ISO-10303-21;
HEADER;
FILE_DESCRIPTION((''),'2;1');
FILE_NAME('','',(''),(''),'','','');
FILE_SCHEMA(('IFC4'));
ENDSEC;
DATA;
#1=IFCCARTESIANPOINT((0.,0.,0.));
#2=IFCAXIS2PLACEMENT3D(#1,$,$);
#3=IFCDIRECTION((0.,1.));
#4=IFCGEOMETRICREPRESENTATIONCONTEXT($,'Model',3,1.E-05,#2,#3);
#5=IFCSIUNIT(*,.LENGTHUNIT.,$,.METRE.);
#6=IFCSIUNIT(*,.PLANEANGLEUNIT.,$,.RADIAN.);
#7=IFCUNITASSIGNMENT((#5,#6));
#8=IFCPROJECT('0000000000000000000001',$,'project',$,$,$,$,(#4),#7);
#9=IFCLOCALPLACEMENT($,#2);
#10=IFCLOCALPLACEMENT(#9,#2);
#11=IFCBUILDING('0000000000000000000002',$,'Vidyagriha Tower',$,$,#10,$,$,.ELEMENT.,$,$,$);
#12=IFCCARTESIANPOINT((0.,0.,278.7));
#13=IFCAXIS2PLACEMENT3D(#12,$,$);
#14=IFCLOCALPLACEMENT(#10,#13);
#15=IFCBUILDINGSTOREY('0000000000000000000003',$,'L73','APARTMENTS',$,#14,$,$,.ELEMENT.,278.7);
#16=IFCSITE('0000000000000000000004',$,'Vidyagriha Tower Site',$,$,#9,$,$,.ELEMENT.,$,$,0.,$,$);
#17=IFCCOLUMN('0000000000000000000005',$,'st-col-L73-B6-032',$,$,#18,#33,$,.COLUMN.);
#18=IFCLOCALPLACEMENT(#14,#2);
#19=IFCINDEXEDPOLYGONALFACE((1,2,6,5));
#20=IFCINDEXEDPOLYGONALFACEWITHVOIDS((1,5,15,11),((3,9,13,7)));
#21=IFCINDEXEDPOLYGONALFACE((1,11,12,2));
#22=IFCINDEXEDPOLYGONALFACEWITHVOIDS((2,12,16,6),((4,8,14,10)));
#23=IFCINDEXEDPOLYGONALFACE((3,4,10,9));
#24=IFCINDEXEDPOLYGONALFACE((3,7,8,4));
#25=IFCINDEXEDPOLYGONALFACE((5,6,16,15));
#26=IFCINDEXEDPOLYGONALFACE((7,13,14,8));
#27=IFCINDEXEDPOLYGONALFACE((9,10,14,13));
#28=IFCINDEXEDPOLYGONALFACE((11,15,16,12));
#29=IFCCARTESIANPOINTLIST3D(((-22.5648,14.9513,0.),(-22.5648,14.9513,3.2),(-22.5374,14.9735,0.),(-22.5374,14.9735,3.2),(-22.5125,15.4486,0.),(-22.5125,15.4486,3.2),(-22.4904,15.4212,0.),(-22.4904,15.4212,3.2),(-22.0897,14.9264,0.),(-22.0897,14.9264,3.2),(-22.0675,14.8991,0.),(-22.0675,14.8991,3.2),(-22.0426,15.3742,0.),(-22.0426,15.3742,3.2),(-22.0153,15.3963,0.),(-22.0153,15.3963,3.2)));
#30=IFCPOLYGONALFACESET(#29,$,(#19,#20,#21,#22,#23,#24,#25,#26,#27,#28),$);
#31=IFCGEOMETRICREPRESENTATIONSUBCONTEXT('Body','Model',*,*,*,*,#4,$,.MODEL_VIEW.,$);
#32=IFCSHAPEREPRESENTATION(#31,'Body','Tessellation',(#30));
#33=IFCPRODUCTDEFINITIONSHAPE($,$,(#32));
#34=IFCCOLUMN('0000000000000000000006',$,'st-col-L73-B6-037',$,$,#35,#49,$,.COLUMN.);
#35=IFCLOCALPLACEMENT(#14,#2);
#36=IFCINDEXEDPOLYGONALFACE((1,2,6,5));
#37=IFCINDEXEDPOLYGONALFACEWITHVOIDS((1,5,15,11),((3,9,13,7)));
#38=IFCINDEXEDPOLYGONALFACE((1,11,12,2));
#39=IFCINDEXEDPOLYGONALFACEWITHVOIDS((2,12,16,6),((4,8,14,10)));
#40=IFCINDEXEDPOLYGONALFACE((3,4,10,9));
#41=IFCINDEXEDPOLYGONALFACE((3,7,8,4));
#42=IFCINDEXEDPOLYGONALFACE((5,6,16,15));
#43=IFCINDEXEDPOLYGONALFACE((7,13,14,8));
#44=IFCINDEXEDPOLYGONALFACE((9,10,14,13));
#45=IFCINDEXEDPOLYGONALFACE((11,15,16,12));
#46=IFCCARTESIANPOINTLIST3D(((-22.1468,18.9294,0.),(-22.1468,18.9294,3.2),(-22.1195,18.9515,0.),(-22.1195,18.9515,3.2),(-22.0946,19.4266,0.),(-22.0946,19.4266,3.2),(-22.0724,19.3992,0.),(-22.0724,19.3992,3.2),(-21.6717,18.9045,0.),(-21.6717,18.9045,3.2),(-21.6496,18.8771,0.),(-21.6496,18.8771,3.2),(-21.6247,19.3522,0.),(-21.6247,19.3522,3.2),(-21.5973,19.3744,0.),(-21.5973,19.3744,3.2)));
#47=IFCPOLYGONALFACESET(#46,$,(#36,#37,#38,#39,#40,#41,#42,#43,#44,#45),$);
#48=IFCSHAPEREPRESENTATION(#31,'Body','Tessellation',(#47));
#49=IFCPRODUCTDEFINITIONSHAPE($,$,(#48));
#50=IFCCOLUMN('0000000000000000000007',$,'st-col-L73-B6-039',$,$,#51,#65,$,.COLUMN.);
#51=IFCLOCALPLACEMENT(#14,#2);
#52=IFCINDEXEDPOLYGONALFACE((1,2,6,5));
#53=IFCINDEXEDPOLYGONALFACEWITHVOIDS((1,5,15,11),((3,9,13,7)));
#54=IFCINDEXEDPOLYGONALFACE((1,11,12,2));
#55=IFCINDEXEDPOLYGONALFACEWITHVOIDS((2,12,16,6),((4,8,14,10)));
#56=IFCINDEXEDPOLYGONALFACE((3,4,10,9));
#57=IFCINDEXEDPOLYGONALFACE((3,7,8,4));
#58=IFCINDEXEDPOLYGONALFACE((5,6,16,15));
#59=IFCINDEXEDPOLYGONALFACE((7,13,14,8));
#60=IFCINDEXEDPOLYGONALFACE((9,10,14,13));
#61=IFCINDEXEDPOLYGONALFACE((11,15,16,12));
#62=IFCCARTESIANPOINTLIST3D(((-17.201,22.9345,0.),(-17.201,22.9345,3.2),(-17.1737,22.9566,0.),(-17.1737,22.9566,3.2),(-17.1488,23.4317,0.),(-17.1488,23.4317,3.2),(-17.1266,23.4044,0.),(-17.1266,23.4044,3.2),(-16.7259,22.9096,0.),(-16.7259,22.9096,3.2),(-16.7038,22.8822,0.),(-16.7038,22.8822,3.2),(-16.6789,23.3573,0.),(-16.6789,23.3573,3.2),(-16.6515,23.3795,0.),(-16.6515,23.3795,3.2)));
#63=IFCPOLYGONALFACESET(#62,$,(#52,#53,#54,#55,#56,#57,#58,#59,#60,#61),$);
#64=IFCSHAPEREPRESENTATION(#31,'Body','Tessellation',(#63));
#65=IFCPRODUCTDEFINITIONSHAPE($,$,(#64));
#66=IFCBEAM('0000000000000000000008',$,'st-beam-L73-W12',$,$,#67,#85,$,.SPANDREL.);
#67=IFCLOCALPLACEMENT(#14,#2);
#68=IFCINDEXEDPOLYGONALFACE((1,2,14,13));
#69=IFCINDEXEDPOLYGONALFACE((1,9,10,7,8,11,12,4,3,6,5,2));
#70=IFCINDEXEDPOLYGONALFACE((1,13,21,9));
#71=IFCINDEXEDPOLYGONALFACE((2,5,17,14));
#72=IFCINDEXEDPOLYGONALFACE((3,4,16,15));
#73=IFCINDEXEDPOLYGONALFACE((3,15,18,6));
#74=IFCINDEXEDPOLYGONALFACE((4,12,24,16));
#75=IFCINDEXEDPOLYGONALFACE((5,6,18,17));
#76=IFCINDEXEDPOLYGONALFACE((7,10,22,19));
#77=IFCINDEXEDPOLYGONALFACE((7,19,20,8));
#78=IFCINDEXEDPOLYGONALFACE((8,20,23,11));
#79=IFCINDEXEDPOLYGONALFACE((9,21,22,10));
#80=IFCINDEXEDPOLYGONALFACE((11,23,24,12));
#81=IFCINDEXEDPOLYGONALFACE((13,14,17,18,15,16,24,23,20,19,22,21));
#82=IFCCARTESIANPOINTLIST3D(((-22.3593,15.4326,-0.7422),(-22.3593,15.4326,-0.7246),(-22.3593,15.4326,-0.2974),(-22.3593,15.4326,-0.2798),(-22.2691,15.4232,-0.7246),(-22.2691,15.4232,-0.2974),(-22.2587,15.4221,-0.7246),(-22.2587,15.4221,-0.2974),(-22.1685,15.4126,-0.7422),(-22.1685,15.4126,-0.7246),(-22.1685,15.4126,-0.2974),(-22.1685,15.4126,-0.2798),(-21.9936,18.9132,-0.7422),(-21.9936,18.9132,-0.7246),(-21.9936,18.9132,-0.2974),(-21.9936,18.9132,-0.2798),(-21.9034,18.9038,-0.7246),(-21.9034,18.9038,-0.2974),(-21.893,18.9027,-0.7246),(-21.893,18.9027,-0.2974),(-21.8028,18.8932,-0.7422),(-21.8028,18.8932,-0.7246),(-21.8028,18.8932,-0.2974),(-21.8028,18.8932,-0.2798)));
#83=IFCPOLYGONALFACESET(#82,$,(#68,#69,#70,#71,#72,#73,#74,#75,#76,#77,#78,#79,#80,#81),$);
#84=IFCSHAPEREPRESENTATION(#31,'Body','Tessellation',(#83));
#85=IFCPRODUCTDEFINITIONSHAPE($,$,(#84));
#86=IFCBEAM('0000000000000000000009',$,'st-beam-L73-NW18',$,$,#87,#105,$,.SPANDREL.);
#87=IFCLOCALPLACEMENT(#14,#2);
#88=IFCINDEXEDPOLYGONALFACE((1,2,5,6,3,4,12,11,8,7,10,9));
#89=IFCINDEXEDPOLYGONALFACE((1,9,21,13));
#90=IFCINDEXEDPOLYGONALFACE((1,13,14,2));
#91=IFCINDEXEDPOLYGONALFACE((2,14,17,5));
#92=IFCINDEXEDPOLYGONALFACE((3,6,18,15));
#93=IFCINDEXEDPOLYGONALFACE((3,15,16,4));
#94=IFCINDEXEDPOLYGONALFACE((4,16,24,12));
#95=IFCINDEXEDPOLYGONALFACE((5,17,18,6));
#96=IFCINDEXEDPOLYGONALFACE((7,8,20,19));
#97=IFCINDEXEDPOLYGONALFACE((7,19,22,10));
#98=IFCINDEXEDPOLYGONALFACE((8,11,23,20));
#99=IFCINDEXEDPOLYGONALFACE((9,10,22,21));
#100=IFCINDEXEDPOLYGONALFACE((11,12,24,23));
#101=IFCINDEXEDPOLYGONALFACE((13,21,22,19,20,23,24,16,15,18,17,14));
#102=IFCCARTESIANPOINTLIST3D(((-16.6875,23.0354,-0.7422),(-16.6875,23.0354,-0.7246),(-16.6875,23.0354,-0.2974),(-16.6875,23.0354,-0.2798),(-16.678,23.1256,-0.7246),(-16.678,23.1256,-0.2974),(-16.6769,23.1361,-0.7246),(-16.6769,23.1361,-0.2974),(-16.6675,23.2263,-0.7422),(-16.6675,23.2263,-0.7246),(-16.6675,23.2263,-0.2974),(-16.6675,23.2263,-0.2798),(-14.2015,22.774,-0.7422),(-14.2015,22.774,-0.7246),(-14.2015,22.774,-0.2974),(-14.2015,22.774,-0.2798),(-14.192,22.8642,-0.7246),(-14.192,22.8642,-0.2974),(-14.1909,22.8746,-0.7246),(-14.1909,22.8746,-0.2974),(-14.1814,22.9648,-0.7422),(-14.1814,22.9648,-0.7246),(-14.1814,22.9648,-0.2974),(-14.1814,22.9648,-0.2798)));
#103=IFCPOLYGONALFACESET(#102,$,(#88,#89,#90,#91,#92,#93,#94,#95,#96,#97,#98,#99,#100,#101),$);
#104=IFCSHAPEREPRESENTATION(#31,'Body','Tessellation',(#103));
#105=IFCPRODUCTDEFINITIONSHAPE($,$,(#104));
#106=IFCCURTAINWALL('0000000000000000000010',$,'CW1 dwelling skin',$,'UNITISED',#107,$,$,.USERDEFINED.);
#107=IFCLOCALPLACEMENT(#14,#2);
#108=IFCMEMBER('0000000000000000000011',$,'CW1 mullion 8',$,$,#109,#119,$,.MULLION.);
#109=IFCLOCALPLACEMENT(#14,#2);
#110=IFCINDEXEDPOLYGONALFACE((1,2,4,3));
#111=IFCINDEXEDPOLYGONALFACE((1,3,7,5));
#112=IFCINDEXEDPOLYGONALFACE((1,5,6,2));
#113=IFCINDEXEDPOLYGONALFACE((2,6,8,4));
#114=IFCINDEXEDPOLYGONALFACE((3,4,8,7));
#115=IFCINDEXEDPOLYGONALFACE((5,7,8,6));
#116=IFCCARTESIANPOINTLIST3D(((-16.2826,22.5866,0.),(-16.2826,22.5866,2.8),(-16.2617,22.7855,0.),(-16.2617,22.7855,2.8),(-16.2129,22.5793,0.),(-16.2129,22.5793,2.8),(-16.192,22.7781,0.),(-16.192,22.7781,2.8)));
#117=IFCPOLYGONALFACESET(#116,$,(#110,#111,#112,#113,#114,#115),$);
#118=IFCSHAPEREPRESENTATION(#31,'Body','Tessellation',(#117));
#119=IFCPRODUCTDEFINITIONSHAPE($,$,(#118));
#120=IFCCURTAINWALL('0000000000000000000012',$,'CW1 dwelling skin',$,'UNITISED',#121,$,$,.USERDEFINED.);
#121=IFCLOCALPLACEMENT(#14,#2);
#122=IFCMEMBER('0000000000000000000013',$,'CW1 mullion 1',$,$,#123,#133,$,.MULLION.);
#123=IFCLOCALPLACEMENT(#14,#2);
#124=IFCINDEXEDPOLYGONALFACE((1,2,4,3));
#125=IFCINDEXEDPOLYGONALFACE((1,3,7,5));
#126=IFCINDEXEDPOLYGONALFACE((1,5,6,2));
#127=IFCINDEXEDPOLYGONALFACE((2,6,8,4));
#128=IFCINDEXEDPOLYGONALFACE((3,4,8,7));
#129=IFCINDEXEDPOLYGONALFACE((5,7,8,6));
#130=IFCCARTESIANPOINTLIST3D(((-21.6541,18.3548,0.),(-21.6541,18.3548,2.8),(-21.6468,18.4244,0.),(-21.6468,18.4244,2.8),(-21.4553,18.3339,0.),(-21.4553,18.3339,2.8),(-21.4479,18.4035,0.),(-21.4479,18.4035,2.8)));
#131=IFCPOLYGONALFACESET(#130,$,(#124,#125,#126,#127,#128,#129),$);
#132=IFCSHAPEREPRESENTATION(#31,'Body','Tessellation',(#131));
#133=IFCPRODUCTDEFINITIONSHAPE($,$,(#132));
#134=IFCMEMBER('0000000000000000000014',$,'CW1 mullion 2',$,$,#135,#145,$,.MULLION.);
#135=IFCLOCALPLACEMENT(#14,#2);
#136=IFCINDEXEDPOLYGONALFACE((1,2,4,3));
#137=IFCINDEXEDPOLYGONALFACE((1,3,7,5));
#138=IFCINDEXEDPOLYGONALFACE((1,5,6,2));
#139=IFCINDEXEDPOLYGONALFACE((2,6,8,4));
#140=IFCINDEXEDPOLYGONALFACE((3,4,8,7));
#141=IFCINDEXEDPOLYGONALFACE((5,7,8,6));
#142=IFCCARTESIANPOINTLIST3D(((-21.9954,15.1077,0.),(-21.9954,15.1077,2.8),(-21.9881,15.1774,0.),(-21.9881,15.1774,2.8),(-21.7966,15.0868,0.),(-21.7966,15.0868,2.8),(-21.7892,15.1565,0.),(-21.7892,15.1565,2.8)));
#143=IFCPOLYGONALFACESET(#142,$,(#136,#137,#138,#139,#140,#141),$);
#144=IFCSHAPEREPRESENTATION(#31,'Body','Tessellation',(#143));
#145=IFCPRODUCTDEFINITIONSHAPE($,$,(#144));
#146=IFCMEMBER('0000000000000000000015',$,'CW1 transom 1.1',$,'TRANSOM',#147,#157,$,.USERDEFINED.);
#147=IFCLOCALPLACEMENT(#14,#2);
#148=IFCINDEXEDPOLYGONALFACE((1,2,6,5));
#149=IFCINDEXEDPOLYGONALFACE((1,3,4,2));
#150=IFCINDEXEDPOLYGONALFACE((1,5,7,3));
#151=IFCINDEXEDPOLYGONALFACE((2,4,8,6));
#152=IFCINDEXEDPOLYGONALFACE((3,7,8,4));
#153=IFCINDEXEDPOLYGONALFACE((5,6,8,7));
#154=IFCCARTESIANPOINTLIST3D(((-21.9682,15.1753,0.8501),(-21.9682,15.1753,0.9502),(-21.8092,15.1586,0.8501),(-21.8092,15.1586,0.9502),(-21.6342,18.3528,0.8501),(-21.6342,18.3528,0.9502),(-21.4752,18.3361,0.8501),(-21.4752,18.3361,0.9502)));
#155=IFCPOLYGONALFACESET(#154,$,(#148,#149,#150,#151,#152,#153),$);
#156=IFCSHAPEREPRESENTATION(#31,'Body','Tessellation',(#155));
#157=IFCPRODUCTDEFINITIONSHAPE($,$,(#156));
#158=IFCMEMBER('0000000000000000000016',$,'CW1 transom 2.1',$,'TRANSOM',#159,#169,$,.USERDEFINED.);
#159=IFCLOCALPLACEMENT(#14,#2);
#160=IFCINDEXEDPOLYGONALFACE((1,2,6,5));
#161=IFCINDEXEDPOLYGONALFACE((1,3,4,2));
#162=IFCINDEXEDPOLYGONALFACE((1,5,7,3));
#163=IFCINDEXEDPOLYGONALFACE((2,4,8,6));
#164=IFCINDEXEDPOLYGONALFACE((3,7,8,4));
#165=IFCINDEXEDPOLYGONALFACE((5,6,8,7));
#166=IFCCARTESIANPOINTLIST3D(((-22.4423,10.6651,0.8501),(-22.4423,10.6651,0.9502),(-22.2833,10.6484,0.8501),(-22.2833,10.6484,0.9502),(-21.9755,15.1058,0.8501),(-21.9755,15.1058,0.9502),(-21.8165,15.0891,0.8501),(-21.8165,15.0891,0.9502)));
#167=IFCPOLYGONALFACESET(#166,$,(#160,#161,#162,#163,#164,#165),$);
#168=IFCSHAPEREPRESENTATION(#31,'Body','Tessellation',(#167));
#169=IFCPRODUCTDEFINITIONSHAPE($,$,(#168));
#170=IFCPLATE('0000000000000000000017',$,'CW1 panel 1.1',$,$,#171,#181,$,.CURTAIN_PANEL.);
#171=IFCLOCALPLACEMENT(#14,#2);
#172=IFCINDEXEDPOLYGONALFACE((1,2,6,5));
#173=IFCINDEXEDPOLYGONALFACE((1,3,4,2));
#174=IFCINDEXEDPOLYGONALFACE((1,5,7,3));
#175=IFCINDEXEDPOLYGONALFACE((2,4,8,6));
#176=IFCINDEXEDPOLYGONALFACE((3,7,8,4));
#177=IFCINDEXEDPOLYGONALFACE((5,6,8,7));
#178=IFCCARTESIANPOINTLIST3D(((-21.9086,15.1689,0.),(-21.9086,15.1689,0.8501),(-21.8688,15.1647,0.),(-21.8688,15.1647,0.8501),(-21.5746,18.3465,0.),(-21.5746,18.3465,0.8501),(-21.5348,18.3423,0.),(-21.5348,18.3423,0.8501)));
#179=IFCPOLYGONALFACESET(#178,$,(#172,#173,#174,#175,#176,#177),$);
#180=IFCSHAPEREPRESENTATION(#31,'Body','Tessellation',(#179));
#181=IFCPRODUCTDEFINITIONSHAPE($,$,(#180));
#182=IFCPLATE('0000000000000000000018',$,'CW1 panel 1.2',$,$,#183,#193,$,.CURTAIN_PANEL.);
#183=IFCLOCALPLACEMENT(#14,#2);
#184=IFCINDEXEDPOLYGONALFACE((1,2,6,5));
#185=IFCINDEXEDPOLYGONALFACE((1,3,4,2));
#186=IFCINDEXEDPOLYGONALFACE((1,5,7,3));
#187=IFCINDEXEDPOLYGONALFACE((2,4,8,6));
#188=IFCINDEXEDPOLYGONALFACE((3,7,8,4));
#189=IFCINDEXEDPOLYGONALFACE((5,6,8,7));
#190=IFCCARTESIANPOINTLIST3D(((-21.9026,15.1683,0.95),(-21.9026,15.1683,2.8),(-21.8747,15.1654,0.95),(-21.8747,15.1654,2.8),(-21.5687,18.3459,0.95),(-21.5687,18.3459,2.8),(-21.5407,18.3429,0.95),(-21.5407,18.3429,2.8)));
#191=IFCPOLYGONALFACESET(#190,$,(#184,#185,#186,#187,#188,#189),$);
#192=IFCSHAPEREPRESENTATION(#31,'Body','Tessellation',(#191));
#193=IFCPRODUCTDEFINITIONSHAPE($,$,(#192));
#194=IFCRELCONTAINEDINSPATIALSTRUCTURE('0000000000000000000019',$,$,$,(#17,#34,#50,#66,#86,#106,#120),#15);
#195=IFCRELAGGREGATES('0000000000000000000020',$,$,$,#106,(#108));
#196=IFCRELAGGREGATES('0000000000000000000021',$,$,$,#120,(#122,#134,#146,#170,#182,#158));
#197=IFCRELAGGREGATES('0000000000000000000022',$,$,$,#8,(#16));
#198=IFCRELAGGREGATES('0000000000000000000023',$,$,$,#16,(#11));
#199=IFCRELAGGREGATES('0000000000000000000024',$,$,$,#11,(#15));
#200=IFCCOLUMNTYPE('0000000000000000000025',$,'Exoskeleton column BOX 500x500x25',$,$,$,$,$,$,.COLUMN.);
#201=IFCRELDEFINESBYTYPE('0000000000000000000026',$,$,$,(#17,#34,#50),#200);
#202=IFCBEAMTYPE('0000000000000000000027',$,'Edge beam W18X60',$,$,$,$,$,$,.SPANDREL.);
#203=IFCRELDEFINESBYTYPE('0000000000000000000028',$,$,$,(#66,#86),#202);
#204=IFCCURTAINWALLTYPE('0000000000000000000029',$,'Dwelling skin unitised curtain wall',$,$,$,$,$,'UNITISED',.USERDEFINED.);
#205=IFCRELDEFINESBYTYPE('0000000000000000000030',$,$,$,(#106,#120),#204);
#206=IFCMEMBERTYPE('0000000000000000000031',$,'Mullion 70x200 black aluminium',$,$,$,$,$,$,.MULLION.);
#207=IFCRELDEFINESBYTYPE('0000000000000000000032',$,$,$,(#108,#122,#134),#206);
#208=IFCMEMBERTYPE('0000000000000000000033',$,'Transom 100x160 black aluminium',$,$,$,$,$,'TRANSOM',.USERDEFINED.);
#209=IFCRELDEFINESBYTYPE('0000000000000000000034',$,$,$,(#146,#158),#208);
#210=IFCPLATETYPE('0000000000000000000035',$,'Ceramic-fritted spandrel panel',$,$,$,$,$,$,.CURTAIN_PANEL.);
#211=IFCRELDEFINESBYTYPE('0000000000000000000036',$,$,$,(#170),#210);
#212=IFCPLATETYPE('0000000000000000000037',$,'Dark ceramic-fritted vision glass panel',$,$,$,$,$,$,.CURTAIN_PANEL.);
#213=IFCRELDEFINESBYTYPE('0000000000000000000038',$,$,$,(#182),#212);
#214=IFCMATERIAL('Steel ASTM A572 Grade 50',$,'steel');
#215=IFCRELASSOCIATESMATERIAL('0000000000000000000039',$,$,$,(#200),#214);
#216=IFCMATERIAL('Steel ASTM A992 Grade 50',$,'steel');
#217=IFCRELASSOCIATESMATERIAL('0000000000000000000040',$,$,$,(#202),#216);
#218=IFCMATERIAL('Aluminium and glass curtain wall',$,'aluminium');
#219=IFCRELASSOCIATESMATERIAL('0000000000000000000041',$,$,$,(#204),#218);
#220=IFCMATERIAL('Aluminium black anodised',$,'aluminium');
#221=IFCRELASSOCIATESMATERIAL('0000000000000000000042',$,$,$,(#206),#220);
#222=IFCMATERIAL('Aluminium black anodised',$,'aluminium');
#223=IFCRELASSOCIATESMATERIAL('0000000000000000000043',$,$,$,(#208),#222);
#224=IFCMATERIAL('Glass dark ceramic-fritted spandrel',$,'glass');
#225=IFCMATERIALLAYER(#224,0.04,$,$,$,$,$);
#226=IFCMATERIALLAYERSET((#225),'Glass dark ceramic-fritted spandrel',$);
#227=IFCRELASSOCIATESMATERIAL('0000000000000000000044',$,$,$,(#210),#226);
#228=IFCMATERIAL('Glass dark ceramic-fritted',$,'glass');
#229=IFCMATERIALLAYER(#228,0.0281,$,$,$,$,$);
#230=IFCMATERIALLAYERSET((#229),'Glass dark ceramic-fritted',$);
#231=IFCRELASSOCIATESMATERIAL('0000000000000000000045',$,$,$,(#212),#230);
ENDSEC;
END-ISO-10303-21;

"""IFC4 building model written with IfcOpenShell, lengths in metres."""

from ifc_helpers import new_model, si_unit, direction, frame, origin, origin_2d, place, context, subcontext, project, spatial, rectangle, hollow_rectangle, i_section, extrude, material, layer, layer_set, material_profile, profile_set, type_object, element, aggregate, save


model = new_model("IFC4")

# Units and contexts
model_context = context("Model", 3, precision=1e-05, world=origin(), true_north=direction((0.0, 1.0)))
body_context = subcontext(model_context, "Body", "Model", "MODEL_VIEW")
ifc_project = project(units=[si_unit("LENGTHUNIT", "METRE"), si_unit("PLANEANGLEUNIT", "RADIAN")], contexts=[model_context])

# Site, building, storey
site_placement = place(None, origin())
site = spatial("IfcSite", under=ifc_project, at=site_placement, Name="Vidyagriha Tower Site", CompositionType="ELEMENT", RefElevation=0.0)
building_placement = place(site_placement, origin())
building = spatial("IfcBuilding", under=site, at=building_placement, Name="Vidyagriha Tower", CompositionType="ELEMENT")
storey_placement = place(building_placement, frame((0.0, 0.0, 278.7)))
storey = spatial("IfcBuildingStorey", under=building, at=storey_placement, Name="L73", Description="APARTMENTS", CompositionType="ELEMENT", Elevation=278.7)

# Columns
ifc_material_1 = material(Name="Steel ASTM A572 Grade 50", Category="steel")
ifc_material_profile_1 = material_profile(ifc_material_1, hollow_rectangle(XDim=0.5, YDim=0.5, WallThickness=0.0249, at=origin_2d()), Name="BOX 500x500x25")
ifc_profile_set_1 = profile_set([ifc_material_profile_1], Name="Steel ASTM A572 Grade 50")
column_type = type_object("IfcColumnType", Name="Exoskeleton column BOX 500x500x25", PredefinedType="COLUMN", material=ifc_profile_set_1)
for number, where, z_axis, x_axis, name in (
    (1, (-22.29, 15.1738, 0.0), (0.0, 0.0, 1.0), (0.994522, -0.104528, 0.0), "st-col-L73-B6-032"),
    (2, (-21.8721, 19.1519, 0.0), (0.0, 0.0, 1.0), (0.994522, -0.104528, 0.0), "st-col-L73-B6-037"),
    (3, (-16.9263, 23.157, 0.0), (0.0, 0.0, 1.0), (0.994522, -0.104528, 0.0), "st-col-L73-B6-039"),
):
    element("IfcColumn", number, at=place(storey_placement, frame(where, z_axis=z_axis, x_axis=x_axis)), inside=storey, type_object=column_type, Name=name, PredefinedType="COLUMN", context=body_context, shape_type="SweptSolid", body=[
        extrude(hollow_rectangle(XDim=0.5, YDim=0.5, WallThickness=0.0249, at=origin_2d()), origin(), (0.0, 0.0, 1.0), 3.2),
    ])

# Beams
ifc_material_2 = material(Name="Steel ASTM A992 Grade 50", Category="steel")
ifc_material_profile_2 = material_profile(ifc_material_2, i_section(OverallWidth=0.1919, OverallDepth=0.4624, WebThickness=0.0105, FlangeThickness=0.0176, at=origin_2d()), Name="W18X60")
ifc_profile_set_2 = profile_set([ifc_material_profile_2], Name="Steel ASTM A992 Grade 50")
beam_type = type_object("IfcBeamType", Name="Edge beam W18X60", PredefinedType="SPANDREL", material=ifc_profile_set_2)
beam_1_placement = place(storey_placement, frame((-22.2639, 15.4226, -0.511), z_axis=(0.104496, 0.994525, 0.0), x_axis=(-0.994525, 0.104496, 0.0)))
element("IfcBeam", 4, at=beam_1_placement, inside=storey, type_object=beam_type, Name="st-beam-L73-W12", PredefinedType="SPANDREL", context=body_context, shape_type="SweptSolid", body=[
    extrude(i_section(OverallWidth=0.1919, OverallDepth=0.4624, WebThickness=0.0105, FlangeThickness=0.0176, at=origin_2d()), origin(), (0.0, 0.0, 1.0), 3.4998),
])
beam_2_placement = place(storey_placement, frame((-16.6775, 23.1309, -0.511), z_axis=(0.994515, -0.104598, 0.0), x_axis=(0.104598, 0.994515, 0.0)))
element("IfcBeam", 5, at=beam_2_placement, inside=storey, type_object=beam_type, Name="st-beam-L73-NW18", PredefinedType="SPANDREL", context=body_context, shape_type="SweptSolid", body=[
    extrude(i_section(OverallWidth=0.1919, OverallDepth=0.4624, WebThickness=0.0105, FlangeThickness=0.0176, at=origin_2d()), origin(), (0.0, 0.0, 1.0), 2.4998),
])

# Curtain wall, member
ifc_material_3 = material(Name="Aluminium and glass curtain wall", Category="aluminium")
curtain_wall_type = type_object("IfcCurtainWallType", Name="Dwelling skin unitised curtain wall", ElementType="UNITISED", PredefinedType="USERDEFINED", material=ifc_material_3)
curtain_wall_1_placement = place(storey_placement, origin())
curtain_wall_1 = element("IfcCurtainWall", 6, at=curtain_wall_1_placement, inside=storey, type_object=curtain_wall_type, Name="CW1 dwelling skin", ObjectType="UNITISED", PredefinedType="USERDEFINED")
ifc_material_4 = material(Name="Aluminium black anodised", Category="aluminium")
ifc_material_profile_3 = material_profile(ifc_material_4, rectangle(XDim=0.2, YDim=0.0701, at=origin_2d()), Name="Mullion 70x200 black aluminium")
ifc_profile_set_3 = profile_set([ifc_material_profile_3], Name="Aluminium black anodised")
member_type_1 = type_object("IfcMemberType", Name="Mullion 70x200 black aluminium", PredefinedType="MULLION", material=ifc_profile_set_3)
member_1_placement = place(storey_placement, frame((-16.2373, 22.6824, 0.0), z_axis=(0.0, 0.0, 1.0), x_axis=(-0.104529, -0.994522, 0.0)))
member_1 = element("IfcMember", 7, at=member_1_placement, type_object=member_type_1, Name="CW1 mullion 8", PredefinedType="MULLION", context=body_context, shape_type="SweptSolid", body=[
    extrude(rectangle(XDim=0.2, YDim=0.0701, at=origin_2d()), origin(), (0.0, 0.0, 1.0), 2.8),
])
aggregate(curtain_wall_1, [member_1])

# Curtain wall, members, plates
curtain_wall_2_placement = place(storey_placement, origin())
curtain_wall_2 = element("IfcCurtainWall", 8, at=curtain_wall_2_placement, inside=storey, type_object=curtain_wall_type, Name="CW1 dwelling skin", ObjectType="UNITISED", PredefinedType="USERDEFINED")
member_2_placement = place(storey_placement, frame((-21.551, 18.3792, 0.0), z_axis=(0.0, 0.0, 1.0), x_axis=(0.994522, -0.104525, 0.0)))
member_2 = element("IfcMember", 9, at=member_2_placement, type_object=member_type_1, Name="CW1 mullion 1", PredefinedType="MULLION", context=body_context, shape_type="SweptSolid", body=[
    extrude(rectangle(XDim=0.2, YDim=0.0701, at=origin_2d()), origin(), (0.0, 0.0, 1.0), 2.8),
])
member_3_placement = place(storey_placement, frame((-21.8923, 15.1321, 0.0), z_axis=(0.0, 0.0, 1.0), x_axis=(0.994522, -0.104525, 0.0)))
member_3 = element("IfcMember", 10, at=member_3_placement, type_object=member_type_1, Name="CW1 mullion 2", PredefinedType="MULLION", context=body_context, shape_type="SweptSolid", body=[
    extrude(rectangle(XDim=0.2, YDim=0.0701, at=origin_2d()), origin(), (0.0, 0.0, 1.0), 2.8),
])
ifc_material_5 = material(Name="Aluminium black anodised", Category="aluminium")
ifc_material_profile_4 = material_profile(ifc_material_5, rectangle(XDim=0.1599, YDim=0.1001, at=origin_2d()), Name="Transom 100x160 black aluminium")
ifc_profile_set_4 = profile_set([ifc_material_profile_4], Name="Aluminium black anodised")
member_type_2 = type_object("IfcMemberType", Name="Transom 100x160 black aluminium", ElementType="TRANSOM", PredefinedType="USERDEFINED", material=ifc_profile_set_4)
member_4_placement = place(storey_placement, frame((-21.5547, 18.3445, 0.9001), z_axis=(-0.104534, -0.994521, 0.0), x_axis=(0.994521, -0.104534, 0.0)))
member_4 = element("IfcMember", 11, at=member_4_placement, type_object=member_type_2, Name="CW1 transom 1.1", ObjectType="TRANSOM", PredefinedType="USERDEFINED", context=body_context, shape_type="SweptSolid", body=[
    extrude(rectangle(XDim=0.1599, YDim=0.1001, at=origin_2d()), origin(), (0.0, 0.0, 1.0), 3.1951),
])
member_5_placement = place(storey_placement, frame((-21.896, 15.0974, 0.9001), z_axis=(-0.104542, -0.99452, 0.0), x_axis=(0.99452, -0.104542, 0.0)))
member_5 = element("IfcMember", 12, at=member_5_placement, type_object=member_type_2, Name="CW1 transom 2.1", ObjectType="TRANSOM", PredefinedType="USERDEFINED", context=body_context, shape_type="SweptSolid", body=[
    extrude(rectangle(XDim=0.1599, YDim=0.1001, at=origin_2d()), origin(), (0.0, 0.0, 1.0), 4.4651),
])
ifc_material_6 = material(Name="Glass dark ceramic-fritted spandrel", Category="glass")
ifc_layer_1 = layer(ifc_material_6, 0.04)
ifc_layer_set_1 = layer_set([ifc_layer_1], Name="Glass dark ceramic-fritted spandrel")
plate_type_1 = type_object("IfcPlateType", Name="Ceramic-fritted spandrel panel", PredefinedType="CURTAIN_PANEL", material=ifc_layer_set_1)
plate_1_placement = place(storey_placement, frame((-21.7217, 16.7556, 0.0), z_axis=(0.0, 0.0, 1.0), x_axis=(-0.104525, -0.994522, 0.0)))
plate_1 = element("IfcPlate", 13, at=plate_1_placement, type_object=plate_type_1, Name="CW1 panel 1.1", PredefinedType="CURTAIN_PANEL", context=body_context, shape_type="SweptSolid", body=[
    extrude(rectangle(XDim=3.1951, YDim=0.04, at=origin_2d()), origin(), (0.0, 0.0, 1.0), 0.8501),
])
ifc_material_7 = material(Name="Glass dark ceramic-fritted", Category="glass")
ifc_layer_2 = layer(ifc_material_7, 0.0281)
ifc_layer_set_2 = layer_set([ifc_layer_2], Name="Glass dark ceramic-fritted")
plate_type_2 = type_object("IfcPlateType", Name="Dark ceramic-fritted vision glass panel", PredefinedType="CURTAIN_PANEL", material=ifc_layer_set_2)
plate_2_placement = place(storey_placement, frame((-21.7217, 16.7556, 0.95), z_axis=(0.0, 0.0, 1.0), x_axis=(-0.104525, -0.994522, 0.0)))
plate_2 = element("IfcPlate", 14, at=plate_2_placement, type_object=plate_type_2, Name="CW1 panel 1.2", PredefinedType="CURTAIN_PANEL", context=body_context, shape_type="SweptSolid", body=[
    extrude(rectangle(XDim=3.1951, YDim=0.0281, at=origin_2d()), origin(), (0.0, 0.0, 1.0), 1.8501),
])
aggregate(curtain_wall_2, [member_2, member_3, member_4, plate_1, plate_2, member_5])

save(model, "model.ifc")
